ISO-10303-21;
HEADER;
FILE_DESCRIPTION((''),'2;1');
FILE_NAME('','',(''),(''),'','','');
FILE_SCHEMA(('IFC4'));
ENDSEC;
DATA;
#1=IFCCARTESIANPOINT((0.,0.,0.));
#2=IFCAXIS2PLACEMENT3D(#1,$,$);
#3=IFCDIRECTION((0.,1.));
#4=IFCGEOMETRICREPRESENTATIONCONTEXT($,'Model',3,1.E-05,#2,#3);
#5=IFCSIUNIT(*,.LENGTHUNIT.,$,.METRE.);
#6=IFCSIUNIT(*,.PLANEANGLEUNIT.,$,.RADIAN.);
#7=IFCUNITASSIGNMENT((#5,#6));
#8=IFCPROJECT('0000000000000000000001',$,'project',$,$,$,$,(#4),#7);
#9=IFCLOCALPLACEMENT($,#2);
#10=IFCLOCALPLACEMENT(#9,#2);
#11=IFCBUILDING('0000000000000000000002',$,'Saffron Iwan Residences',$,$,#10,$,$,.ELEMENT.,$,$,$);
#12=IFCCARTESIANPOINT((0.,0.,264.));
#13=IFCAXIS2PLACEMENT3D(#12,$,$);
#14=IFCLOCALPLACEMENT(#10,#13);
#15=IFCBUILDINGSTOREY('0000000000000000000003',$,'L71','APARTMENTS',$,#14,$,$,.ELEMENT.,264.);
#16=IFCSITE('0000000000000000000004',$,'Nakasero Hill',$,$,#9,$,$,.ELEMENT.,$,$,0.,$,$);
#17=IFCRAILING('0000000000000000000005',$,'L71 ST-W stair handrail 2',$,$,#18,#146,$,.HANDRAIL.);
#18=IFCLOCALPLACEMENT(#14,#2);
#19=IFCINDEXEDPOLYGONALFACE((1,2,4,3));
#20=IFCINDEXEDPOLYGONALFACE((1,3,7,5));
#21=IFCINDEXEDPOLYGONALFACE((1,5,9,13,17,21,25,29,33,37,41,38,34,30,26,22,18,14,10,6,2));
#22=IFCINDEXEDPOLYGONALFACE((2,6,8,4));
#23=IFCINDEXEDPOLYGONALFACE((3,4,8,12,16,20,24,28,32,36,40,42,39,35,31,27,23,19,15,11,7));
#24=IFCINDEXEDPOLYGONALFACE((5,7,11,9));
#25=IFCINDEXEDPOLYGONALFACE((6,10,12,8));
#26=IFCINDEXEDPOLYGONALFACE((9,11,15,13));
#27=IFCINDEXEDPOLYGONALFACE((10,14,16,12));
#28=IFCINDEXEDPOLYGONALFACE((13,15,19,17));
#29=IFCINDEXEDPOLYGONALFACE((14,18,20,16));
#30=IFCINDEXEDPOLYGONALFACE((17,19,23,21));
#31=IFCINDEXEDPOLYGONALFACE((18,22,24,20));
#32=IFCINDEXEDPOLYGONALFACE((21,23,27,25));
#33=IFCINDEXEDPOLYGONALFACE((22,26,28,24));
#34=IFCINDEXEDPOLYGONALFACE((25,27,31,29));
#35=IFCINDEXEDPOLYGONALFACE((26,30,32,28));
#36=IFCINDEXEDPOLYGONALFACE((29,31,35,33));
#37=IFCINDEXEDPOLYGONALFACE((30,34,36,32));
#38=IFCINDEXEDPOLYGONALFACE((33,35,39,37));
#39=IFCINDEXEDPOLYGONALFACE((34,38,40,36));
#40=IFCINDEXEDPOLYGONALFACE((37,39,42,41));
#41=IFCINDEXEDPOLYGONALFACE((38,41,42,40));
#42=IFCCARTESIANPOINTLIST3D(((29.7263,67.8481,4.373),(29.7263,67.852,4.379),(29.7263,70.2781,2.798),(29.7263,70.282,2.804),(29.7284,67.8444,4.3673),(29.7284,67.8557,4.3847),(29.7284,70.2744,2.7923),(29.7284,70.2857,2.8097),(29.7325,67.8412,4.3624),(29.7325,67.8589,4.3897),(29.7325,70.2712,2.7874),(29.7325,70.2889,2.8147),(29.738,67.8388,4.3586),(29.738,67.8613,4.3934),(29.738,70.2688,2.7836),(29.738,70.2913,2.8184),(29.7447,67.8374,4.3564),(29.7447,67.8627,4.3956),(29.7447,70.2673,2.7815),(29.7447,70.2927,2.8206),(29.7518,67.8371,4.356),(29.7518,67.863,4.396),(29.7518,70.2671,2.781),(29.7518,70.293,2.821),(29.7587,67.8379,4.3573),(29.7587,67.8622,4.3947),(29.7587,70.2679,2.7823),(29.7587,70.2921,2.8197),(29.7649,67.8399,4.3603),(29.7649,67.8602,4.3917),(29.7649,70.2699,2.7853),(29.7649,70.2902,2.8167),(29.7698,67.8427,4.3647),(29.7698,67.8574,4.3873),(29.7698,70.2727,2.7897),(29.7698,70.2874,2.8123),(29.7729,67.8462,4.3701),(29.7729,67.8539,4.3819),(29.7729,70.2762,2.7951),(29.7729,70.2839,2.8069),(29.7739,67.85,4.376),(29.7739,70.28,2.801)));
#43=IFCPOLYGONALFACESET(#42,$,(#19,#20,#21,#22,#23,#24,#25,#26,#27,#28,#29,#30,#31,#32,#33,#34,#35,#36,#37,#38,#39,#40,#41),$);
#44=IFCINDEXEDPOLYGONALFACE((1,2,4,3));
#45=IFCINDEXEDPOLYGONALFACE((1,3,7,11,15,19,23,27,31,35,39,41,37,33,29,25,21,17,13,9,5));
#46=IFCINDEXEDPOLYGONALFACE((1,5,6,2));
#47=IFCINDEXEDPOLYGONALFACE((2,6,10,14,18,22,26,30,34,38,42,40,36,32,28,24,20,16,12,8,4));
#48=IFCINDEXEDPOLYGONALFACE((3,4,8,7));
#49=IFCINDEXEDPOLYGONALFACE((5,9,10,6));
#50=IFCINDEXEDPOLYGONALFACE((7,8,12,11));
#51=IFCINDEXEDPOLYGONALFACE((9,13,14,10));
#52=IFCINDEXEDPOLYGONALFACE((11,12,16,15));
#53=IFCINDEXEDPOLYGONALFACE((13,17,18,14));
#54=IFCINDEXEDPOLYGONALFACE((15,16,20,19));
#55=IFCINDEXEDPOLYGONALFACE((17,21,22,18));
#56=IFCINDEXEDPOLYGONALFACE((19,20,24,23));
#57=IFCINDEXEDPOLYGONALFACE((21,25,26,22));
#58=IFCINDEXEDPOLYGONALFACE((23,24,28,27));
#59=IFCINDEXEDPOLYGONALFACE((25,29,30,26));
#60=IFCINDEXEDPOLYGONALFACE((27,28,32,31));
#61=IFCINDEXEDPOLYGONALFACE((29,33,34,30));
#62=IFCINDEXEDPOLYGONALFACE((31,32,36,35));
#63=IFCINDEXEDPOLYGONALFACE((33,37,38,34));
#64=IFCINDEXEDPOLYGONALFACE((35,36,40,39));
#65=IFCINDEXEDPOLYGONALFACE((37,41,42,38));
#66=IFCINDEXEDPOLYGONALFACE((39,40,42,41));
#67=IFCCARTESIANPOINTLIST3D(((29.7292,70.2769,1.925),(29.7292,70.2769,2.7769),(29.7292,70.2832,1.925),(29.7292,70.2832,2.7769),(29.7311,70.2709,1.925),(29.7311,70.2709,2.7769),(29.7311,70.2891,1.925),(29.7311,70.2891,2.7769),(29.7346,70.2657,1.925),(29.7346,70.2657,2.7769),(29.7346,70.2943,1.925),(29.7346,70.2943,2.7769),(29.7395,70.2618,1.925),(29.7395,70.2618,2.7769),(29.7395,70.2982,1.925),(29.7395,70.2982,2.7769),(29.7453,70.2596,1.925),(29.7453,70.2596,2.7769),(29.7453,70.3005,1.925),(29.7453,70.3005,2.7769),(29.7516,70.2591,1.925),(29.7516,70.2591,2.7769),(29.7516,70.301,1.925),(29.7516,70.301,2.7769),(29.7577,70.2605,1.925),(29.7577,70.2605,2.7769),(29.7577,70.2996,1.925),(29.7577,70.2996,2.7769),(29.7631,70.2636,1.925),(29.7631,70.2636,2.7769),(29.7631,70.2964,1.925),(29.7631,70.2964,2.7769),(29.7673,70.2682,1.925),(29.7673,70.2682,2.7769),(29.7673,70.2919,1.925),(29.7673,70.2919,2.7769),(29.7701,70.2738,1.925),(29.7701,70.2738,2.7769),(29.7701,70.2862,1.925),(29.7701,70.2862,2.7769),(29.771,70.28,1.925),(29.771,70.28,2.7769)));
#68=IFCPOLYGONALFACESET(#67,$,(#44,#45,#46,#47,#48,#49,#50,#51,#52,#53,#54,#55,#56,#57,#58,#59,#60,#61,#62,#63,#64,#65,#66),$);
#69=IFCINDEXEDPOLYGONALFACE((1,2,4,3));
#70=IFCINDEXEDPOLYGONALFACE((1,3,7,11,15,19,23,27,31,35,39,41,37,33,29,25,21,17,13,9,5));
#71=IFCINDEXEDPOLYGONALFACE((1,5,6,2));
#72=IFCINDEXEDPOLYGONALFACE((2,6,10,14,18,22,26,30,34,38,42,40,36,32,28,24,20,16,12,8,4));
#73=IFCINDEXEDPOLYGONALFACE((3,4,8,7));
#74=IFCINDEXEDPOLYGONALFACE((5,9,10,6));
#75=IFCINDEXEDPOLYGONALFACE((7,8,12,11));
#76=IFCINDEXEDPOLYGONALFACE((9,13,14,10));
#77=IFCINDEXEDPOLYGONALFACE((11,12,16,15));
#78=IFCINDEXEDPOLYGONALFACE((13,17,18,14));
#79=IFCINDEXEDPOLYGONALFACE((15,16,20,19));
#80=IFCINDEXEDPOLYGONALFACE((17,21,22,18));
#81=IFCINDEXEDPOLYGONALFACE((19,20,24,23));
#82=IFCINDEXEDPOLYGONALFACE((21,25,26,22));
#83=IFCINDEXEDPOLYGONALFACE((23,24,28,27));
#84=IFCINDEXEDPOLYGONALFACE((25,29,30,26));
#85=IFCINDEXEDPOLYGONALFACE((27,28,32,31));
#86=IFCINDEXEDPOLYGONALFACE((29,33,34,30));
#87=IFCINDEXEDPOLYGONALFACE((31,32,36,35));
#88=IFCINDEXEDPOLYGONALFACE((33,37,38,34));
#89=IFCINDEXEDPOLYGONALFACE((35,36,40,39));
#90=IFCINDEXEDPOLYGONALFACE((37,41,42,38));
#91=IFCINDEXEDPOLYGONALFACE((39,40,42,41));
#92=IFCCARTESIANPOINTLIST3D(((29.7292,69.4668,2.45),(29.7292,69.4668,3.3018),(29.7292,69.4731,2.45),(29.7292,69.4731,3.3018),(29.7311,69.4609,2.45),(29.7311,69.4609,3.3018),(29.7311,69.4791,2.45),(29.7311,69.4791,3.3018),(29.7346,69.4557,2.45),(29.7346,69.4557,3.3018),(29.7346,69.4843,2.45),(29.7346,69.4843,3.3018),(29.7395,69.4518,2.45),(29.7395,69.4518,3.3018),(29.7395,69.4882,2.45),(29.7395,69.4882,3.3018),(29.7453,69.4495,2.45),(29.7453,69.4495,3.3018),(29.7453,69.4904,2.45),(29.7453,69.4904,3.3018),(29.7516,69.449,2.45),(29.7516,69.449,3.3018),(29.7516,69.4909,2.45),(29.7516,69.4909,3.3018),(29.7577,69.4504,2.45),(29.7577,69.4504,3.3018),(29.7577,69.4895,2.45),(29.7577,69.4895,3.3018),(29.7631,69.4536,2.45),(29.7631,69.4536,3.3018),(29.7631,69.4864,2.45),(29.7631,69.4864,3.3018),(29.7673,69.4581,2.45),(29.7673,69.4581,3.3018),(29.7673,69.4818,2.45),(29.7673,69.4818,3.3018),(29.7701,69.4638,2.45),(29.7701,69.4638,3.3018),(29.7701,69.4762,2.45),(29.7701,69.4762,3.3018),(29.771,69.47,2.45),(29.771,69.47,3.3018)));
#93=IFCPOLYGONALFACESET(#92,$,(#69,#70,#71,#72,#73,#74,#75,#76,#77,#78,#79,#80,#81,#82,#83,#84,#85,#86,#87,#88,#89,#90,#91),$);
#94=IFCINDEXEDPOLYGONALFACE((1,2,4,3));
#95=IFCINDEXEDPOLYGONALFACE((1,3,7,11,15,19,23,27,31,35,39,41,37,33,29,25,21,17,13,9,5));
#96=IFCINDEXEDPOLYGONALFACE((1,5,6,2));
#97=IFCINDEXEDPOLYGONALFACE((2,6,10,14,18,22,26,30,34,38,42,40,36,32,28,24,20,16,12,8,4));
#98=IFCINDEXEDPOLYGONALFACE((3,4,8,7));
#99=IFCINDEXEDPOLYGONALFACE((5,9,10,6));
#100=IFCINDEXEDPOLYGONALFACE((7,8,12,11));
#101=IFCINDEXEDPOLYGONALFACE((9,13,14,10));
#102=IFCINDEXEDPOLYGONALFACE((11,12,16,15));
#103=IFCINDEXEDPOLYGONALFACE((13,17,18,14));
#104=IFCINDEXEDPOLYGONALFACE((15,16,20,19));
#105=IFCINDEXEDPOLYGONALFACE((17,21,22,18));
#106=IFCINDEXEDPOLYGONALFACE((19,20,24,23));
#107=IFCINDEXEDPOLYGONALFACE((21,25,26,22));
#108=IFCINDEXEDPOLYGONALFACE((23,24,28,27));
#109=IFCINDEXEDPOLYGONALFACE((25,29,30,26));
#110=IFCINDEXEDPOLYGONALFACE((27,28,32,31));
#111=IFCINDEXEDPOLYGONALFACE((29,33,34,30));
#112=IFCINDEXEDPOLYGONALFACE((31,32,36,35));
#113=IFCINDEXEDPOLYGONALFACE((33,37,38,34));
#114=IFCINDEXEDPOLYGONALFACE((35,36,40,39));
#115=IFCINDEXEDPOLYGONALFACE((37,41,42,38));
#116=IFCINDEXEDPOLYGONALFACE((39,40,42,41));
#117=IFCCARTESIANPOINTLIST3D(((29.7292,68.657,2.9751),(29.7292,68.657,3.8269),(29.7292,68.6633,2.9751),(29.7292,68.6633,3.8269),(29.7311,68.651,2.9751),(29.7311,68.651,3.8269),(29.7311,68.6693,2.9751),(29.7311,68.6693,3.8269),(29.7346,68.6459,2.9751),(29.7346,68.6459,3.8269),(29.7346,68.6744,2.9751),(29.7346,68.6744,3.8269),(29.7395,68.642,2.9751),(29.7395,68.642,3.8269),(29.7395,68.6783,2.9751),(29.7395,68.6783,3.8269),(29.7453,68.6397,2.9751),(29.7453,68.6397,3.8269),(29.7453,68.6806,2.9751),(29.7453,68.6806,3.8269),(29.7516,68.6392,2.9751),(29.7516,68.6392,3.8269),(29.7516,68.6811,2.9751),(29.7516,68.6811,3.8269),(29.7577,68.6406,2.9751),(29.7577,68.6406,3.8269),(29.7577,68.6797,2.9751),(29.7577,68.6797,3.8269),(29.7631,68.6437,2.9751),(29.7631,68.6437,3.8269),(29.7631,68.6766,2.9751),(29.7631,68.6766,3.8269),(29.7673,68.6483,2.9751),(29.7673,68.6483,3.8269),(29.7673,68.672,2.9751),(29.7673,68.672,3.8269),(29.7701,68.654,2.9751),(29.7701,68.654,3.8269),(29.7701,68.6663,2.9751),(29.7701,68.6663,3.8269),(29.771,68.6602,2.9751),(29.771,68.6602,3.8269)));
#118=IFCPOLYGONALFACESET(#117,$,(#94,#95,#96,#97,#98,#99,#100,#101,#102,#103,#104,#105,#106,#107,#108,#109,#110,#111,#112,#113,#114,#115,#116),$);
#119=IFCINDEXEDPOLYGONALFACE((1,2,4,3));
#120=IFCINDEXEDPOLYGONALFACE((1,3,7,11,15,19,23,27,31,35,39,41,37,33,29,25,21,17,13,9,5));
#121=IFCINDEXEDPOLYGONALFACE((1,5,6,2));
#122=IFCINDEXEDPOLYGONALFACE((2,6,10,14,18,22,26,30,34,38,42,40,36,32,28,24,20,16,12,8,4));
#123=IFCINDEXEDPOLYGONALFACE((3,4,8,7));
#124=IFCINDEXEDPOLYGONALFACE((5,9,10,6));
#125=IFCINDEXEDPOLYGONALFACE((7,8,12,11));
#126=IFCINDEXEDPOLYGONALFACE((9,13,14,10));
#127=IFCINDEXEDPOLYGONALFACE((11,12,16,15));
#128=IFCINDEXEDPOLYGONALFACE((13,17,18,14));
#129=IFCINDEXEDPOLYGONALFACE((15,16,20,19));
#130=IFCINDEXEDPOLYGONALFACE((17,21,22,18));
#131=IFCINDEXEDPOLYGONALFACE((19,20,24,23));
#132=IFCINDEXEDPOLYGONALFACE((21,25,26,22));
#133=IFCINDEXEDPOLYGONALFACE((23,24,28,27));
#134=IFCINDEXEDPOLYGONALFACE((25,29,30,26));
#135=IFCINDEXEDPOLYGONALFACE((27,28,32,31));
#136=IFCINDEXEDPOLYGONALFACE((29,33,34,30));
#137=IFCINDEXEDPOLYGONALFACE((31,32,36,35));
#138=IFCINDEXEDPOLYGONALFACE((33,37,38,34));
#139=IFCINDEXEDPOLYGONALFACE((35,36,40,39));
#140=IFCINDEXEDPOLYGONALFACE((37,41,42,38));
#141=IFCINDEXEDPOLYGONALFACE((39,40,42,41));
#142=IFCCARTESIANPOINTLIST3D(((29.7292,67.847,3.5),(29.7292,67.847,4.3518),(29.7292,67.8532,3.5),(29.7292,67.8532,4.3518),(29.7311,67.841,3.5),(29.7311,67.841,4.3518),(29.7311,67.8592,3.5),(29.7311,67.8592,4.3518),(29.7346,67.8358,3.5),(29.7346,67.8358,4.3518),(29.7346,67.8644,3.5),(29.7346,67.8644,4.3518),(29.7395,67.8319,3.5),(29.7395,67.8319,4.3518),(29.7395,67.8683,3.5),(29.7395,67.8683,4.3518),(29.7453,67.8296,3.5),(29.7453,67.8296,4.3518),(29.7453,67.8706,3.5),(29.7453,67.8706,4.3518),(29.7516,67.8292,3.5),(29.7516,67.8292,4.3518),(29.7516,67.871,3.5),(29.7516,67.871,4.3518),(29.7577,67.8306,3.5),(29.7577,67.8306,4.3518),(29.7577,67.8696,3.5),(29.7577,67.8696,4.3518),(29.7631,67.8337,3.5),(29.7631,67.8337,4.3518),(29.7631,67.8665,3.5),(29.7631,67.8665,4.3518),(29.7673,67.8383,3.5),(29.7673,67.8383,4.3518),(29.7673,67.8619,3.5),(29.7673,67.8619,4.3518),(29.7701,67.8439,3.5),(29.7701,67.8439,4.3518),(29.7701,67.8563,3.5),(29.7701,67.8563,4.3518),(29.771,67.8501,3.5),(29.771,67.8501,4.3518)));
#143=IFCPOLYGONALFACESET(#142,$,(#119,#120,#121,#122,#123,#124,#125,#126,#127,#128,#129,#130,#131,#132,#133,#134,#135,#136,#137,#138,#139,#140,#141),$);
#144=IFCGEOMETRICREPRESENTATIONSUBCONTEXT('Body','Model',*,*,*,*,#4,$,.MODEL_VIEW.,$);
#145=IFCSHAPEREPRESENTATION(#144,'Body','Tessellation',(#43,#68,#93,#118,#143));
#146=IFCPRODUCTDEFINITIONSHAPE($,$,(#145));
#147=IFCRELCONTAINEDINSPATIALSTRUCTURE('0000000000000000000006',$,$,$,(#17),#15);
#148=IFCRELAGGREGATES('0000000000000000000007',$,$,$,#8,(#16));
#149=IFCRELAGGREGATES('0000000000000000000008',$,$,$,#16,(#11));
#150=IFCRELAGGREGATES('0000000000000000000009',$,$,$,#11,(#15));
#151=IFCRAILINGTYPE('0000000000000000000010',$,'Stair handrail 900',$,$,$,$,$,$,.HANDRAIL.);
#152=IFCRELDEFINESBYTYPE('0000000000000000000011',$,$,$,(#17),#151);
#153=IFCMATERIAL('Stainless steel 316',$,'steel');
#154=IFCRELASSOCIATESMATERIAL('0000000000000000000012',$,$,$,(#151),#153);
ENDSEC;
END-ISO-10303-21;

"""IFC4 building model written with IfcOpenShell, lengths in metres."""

from ifc_helpers import new_model, si_unit, direction, frame, origin, origin_2d, place, context, subcontext, project, spatial, circle, extrude, material, type_object, element, save


model = new_model("IFC4")

# Units and contexts
model_context = context("Model", 3, precision=1e-05, world=origin(), true_north=direction((0.0, 1.0)))
body_context = subcontext(model_context, "Body", "Model", "MODEL_VIEW")
ifc_project = project(units=[si_unit("LENGTHUNIT", "METRE"), si_unit("PLANEANGLEUNIT", "RADIAN")], contexts=[model_context])

# Site, building, storey
site_placement = place(None, origin())
site = spatial("IfcSite", under=ifc_project, at=site_placement, Name="Nakasero Hill", CompositionType="ELEMENT", RefElevation=0.0)
building_placement = place(site_placement, origin())
building = spatial("IfcBuilding", under=site, at=building_placement, Name="Saffron Iwan Residences", CompositionType="ELEMENT")
storey_placement = place(building_placement, frame((0.0, 0.0, 264.0)))
storey = spatial("IfcBuildingStorey", under=building, at=storey_placement, Name="L71", Description="APARTMENTS", CompositionType="ELEMENT", Elevation=264.0)

# Railing
ifc_material_1 = material(Name="Stainless steel 316", Category="steel")
railing_type_1 = type_object("IfcRailingType", Name="Stair handrail 900", PredefinedType="HANDRAIL", material=ifc_material_1)
railing_1_placement = place(storey_placement, frame((29.75, 70.28, 1.925)))
element("IfcRailing", 1, at=railing_1_placement, inside=storey, type_object=railing_type_1, Name="L71 ST-W stair handrail 2", PredefinedType="HANDRAIL", context=body_context, shape_type="SweptSolid", body=[
    extrude(circle(Radius=0.0239, at=origin_2d()), frame((0.0, 0.0, 0.876), z_axis=(0.0, -0.839154, 0.543894), x_axis=(1.0, 0.0, 0.0)), (0.0, 0.0, 1.0), 2.8958),
    extrude(circle(Radius=0.021, at=origin_2d()), origin(), (0.0, 0.0, 1.0), 0.8518),
    extrude(circle(Radius=0.021, at=origin_2d()), frame((0.0, -0.8101, 0.5249)), (0.0, 0.0, 1.0), 0.8518),
    extrude(circle(Radius=0.021, at=origin_2d()), frame((0.0, -1.6199, 1.05)), (0.0, 0.0, 1.0), 0.8518),
    extrude(circle(Radius=0.021, at=origin_2d()), frame((0.0, -2.4299, 1.575)), (0.0, 0.0, 1.0), 0.8518),
])

save(model, "model.ifc")
